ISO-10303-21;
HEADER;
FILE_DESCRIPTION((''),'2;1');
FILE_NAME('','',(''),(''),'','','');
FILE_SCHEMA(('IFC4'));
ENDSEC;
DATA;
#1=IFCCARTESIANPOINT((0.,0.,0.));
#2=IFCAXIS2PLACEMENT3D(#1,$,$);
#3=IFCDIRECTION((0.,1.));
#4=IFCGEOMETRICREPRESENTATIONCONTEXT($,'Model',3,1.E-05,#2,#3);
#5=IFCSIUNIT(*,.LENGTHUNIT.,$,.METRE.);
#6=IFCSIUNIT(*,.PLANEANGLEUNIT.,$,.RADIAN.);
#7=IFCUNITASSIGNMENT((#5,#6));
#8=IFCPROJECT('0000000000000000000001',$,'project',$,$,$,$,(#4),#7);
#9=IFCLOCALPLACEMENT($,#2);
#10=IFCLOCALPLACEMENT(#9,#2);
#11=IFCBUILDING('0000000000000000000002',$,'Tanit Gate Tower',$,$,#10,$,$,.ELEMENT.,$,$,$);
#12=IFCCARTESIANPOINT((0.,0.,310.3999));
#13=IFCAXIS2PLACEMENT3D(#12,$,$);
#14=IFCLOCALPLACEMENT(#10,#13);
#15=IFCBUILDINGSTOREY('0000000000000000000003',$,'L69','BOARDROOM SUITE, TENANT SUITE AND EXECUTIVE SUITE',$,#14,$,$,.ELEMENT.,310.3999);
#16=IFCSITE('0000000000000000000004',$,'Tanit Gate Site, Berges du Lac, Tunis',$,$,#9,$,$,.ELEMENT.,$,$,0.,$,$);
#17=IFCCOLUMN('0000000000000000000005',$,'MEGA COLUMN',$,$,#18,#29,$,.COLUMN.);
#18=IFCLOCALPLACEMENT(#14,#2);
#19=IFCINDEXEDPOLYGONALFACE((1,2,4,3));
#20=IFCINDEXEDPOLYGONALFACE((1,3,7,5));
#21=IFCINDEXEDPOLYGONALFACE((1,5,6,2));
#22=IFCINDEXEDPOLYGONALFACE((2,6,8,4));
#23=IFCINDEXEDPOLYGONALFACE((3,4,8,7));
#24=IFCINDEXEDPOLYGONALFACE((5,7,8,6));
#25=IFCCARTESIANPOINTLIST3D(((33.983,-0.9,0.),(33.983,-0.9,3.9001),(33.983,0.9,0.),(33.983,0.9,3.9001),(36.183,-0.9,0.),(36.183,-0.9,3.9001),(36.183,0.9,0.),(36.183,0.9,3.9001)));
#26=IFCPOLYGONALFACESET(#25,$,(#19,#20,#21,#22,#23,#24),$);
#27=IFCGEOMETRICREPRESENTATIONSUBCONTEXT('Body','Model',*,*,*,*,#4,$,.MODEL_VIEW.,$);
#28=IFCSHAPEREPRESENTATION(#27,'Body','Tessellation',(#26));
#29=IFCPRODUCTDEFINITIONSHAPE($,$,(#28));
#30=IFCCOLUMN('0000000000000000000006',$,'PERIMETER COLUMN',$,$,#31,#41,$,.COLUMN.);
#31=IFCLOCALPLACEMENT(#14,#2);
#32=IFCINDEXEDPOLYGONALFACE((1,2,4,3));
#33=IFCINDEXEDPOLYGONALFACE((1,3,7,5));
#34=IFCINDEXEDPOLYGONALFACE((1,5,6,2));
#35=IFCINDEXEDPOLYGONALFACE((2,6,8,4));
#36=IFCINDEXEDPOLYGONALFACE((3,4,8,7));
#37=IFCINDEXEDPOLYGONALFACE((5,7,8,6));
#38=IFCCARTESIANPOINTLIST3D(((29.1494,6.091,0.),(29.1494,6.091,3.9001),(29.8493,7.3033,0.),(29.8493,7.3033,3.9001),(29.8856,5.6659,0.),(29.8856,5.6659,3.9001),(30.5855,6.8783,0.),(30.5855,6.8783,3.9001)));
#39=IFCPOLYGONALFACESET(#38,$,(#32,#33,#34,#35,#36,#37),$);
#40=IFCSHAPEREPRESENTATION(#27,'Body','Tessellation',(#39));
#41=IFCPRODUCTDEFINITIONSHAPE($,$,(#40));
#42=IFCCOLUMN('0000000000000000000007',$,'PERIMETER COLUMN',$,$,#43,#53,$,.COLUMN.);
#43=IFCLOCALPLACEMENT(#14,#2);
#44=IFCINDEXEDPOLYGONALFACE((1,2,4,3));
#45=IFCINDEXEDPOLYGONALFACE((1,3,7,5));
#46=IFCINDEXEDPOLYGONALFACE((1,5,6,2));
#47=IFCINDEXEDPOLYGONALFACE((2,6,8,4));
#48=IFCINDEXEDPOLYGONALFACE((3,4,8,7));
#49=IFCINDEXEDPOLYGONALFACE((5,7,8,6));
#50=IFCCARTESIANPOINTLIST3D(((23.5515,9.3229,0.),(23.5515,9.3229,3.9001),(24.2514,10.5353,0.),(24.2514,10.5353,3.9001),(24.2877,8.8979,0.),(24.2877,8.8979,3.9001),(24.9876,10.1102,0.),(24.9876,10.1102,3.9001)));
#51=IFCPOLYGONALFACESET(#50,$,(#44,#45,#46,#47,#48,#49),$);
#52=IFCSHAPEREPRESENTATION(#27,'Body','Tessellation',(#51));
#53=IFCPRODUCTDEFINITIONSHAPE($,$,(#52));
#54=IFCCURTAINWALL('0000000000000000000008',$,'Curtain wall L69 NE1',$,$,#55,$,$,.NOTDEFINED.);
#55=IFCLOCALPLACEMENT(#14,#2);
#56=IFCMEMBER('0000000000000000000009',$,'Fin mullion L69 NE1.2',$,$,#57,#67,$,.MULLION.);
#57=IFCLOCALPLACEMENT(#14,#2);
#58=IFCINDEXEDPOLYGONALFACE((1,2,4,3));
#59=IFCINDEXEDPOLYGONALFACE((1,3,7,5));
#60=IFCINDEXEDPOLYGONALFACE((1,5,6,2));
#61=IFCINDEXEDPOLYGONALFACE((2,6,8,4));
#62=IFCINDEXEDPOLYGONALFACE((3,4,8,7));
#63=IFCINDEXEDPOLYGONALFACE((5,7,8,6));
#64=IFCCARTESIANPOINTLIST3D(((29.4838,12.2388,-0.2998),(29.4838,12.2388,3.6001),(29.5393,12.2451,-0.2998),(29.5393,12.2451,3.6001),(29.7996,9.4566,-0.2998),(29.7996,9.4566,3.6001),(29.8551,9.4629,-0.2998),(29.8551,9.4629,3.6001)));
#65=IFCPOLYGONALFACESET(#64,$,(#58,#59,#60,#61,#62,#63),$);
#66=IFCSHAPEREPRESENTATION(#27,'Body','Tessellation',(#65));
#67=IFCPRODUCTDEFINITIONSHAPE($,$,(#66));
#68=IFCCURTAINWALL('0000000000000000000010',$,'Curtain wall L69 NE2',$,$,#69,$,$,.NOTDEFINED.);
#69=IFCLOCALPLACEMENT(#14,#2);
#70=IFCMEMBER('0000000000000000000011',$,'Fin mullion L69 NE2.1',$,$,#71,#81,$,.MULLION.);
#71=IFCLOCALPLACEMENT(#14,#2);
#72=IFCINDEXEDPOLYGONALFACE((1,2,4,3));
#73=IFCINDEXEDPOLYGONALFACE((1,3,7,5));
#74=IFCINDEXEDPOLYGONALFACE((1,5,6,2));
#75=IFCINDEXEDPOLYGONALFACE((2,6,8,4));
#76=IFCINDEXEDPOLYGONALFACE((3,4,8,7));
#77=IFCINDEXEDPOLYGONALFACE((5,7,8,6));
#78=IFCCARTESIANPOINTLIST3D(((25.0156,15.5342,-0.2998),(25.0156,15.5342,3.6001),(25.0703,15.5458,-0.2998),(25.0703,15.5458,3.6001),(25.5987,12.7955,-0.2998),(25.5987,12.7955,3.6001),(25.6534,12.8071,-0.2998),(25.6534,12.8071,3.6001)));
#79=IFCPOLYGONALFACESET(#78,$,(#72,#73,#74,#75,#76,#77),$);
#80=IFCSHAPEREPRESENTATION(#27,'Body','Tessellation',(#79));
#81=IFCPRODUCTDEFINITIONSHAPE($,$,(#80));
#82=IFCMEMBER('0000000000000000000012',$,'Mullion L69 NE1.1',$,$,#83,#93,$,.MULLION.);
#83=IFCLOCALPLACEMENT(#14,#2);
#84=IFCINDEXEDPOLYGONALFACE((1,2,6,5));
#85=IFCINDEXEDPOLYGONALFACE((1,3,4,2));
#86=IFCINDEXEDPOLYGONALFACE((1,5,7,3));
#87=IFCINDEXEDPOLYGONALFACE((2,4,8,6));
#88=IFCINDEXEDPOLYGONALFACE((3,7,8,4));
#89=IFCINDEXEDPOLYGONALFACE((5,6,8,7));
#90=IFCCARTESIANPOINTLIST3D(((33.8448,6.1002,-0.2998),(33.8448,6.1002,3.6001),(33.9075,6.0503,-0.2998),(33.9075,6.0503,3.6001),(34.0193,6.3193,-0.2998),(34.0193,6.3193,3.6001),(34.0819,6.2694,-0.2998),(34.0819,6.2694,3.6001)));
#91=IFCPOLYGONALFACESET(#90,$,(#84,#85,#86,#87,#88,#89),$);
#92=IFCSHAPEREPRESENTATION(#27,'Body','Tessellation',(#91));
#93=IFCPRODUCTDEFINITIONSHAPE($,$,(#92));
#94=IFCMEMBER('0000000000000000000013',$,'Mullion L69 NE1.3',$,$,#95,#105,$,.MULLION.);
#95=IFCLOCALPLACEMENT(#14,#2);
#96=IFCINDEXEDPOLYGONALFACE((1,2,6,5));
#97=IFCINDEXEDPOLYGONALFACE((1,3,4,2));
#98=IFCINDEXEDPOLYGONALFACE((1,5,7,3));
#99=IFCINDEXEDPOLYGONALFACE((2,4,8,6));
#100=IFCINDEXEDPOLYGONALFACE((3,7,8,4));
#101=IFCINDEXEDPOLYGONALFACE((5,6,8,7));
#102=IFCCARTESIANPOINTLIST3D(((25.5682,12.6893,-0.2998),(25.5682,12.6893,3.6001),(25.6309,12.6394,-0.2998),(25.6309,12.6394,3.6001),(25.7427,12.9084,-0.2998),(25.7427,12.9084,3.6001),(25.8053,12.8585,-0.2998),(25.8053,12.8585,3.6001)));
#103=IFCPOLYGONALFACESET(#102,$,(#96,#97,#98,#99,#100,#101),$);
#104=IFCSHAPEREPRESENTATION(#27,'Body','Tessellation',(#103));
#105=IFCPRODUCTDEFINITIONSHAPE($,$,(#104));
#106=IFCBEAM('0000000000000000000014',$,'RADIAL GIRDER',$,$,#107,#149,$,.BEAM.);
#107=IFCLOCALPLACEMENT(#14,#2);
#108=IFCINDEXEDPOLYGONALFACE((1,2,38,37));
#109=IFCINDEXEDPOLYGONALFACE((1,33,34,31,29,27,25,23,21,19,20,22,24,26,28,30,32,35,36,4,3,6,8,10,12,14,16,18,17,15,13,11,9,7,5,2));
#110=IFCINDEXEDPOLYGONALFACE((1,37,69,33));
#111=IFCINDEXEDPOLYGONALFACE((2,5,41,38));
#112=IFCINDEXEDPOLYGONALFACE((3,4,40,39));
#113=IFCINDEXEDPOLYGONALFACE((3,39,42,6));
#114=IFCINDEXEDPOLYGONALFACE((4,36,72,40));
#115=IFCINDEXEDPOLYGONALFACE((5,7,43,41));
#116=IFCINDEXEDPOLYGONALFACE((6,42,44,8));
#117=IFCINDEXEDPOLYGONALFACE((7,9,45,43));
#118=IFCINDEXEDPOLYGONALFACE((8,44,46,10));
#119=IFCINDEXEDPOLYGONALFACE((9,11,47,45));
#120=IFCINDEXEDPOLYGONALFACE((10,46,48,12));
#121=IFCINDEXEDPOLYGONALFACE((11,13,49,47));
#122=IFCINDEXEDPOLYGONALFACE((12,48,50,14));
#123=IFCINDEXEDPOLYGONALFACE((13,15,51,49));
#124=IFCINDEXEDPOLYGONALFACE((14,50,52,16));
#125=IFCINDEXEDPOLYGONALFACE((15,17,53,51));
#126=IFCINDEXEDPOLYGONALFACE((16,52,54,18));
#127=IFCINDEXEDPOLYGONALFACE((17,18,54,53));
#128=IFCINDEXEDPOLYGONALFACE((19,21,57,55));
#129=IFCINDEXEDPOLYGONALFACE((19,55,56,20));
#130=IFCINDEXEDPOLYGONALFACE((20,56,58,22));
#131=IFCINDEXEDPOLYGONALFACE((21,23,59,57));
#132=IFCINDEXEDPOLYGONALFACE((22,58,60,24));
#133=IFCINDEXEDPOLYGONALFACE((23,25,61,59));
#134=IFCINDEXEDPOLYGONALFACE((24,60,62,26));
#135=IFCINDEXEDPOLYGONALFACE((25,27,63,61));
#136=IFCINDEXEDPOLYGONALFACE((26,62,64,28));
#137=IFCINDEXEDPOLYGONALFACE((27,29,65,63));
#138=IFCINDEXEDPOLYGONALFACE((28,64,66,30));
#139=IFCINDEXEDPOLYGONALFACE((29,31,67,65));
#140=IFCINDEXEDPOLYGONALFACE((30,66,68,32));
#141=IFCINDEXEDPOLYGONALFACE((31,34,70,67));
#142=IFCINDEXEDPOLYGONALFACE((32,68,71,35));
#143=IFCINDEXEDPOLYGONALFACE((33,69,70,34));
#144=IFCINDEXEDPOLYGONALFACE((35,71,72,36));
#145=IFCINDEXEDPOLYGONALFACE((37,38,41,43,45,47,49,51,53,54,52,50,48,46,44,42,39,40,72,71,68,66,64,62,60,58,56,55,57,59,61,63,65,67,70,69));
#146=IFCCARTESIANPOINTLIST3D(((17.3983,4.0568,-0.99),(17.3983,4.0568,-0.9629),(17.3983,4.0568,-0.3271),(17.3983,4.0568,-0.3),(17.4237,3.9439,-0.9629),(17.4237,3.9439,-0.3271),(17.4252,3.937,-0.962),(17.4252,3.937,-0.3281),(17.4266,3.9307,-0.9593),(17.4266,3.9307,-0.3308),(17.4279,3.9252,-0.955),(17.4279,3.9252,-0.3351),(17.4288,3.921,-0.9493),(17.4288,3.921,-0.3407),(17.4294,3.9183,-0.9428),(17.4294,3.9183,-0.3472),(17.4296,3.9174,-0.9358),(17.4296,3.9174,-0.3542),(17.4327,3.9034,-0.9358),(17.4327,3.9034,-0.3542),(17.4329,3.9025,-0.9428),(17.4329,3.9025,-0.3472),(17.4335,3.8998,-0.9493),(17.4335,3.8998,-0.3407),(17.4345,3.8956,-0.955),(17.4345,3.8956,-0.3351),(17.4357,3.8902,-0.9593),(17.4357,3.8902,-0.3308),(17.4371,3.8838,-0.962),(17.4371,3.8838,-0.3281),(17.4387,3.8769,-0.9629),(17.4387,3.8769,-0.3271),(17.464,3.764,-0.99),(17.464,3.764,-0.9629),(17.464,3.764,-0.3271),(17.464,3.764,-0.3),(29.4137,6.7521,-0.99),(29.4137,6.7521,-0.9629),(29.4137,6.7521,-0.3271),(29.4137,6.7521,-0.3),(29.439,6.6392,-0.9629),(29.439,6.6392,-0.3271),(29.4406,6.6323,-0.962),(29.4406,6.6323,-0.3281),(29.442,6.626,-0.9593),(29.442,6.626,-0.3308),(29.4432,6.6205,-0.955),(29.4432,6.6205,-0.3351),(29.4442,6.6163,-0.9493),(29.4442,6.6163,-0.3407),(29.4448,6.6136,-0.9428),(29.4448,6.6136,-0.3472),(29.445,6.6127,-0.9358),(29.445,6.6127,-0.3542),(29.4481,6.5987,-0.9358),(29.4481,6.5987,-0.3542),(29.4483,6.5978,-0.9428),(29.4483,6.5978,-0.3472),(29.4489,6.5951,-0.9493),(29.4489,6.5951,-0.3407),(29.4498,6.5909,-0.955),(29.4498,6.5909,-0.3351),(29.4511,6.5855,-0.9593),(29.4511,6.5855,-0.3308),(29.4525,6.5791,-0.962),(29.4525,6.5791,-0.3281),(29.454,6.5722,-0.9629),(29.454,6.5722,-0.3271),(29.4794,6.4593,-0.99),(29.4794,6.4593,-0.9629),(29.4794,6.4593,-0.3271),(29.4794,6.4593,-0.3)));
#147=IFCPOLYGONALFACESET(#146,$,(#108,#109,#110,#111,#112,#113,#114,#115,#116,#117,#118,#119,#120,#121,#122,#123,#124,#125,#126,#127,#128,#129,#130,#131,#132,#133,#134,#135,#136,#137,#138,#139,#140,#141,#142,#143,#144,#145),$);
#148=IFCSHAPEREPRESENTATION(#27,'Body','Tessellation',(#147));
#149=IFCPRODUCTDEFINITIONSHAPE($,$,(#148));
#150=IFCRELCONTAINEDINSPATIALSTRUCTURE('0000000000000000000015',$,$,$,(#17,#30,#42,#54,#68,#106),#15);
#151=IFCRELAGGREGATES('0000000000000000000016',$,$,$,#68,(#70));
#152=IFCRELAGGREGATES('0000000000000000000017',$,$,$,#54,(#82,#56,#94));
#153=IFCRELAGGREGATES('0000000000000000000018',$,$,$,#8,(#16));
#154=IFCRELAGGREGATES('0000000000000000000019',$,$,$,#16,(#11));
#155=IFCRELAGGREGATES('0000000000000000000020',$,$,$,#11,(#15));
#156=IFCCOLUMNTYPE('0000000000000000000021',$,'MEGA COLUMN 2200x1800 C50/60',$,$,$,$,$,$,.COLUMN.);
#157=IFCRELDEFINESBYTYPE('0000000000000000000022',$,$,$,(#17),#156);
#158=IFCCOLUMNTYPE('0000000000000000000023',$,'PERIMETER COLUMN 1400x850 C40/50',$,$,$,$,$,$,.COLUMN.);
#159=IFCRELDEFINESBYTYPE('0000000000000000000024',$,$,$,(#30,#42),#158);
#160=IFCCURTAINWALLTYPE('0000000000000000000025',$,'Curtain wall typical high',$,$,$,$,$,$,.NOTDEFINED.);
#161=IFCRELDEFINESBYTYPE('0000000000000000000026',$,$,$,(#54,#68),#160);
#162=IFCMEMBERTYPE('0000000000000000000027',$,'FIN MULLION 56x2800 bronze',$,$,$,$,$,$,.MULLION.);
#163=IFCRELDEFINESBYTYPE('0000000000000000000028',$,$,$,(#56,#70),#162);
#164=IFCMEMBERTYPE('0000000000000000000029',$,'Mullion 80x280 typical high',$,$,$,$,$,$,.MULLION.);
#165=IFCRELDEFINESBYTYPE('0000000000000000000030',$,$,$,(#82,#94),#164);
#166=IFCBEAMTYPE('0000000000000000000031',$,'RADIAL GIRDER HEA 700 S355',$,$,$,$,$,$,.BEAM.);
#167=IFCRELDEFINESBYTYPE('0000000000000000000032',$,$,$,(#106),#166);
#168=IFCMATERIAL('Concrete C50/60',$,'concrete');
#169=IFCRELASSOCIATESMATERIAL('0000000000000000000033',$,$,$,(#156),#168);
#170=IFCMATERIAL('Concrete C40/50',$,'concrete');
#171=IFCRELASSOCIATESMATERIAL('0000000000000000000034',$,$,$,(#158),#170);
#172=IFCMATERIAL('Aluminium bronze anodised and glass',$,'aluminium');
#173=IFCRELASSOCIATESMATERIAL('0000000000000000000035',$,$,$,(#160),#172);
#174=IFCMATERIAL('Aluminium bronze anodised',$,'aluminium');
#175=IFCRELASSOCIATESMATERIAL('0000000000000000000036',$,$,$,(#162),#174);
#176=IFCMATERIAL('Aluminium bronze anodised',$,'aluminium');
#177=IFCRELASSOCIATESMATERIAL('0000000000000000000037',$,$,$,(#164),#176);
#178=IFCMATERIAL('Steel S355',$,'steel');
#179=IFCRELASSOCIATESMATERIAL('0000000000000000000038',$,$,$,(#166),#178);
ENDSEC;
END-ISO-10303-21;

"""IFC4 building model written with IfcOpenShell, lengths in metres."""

from ifc_helpers import new_model, si_unit, direction, frame, origin, origin_2d, place, context, subcontext, project, spatial, rectangle, i_section, extrude, material, material_profile, profile_set, type_object, element, aggregate, save


model = new_model("IFC4")

# Units and contexts
model_context = context("Model", 3, precision=1e-05, world=origin(), true_north=direction((0.0, 1.0)))
body_context = subcontext(model_context, "Body", "Model", "MODEL_VIEW")
ifc_project = project(units=[si_unit("LENGTHUNIT", "METRE"), si_unit("PLANEANGLEUNIT", "RADIAN")], contexts=[model_context])

# Site, building, storey
site_placement = place(None, origin())
site = spatial("IfcSite", under=ifc_project, at=site_placement, Name="Tanit Gate Site, Berges du Lac, Tunis", CompositionType="ELEMENT", RefElevation=0.0)
building_placement = place(site_placement, origin())
building = spatial("IfcBuilding", under=site, at=building_placement, Name="Tanit Gate Tower", CompositionType="ELEMENT")
storey_placement = place(building_placement, frame((0.0, 0.0, 310.3999)))
storey = spatial("IfcBuildingStorey", under=building, at=storey_placement, Name="L69", Description="BOARDROOM SUITE, TENANT SUITE AND EXECUTIVE SUITE", CompositionType="ELEMENT", Elevation=310.3999)

# Columns
ifc_material_1 = material(Name="Concrete C50/60", Category="concrete")
ifc_material_profile_1 = material_profile(ifc_material_1, rectangle(XDim=2.2, YDim=1.8, at=origin_2d()), Name="RC 2200x1800")
ifc_profile_set_1 = profile_set([ifc_material_profile_1], Name="Concrete C50/60")
column_type_1 = type_object("IfcColumnType", Name="MEGA COLUMN 2200x1800 C50/60", PredefinedType="COLUMN", material=ifc_profile_set_1)
column_placement = place(storey_placement, frame((35.083, 0.0, 0.0), z_axis=(0.0, 0.0, 1.0), x_axis=(1.0, 0.0, 0.0)))
element("IfcColumn", 1, at=column_placement, inside=storey, type_object=column_type_1, Name="MEGA COLUMN", PredefinedType="COLUMN", context=body_context, shape_type="SweptSolid", body=[
    extrude(rectangle(XDim=2.2, YDim=1.8, at=origin_2d()), origin(), (0.0, 0.0, 1.0), 3.9001),
])
ifc_material_2 = material(Name="Concrete C40/50", Category="concrete")
ifc_material_profile_2 = material_profile(ifc_material_2, rectangle(XDim=1.3999, YDim=0.8501, at=origin_2d()), Name="RC 1400x850")
ifc_profile_set_2 = profile_set([ifc_material_profile_2], Name="Concrete C40/50")
column_type_2 = type_object("IfcColumnType", Name="PERIMETER COLUMN 1400x850 C40/50", PredefinedType="COLUMN", material=ifc_profile_set_2)
for number, where, z_axis, x_axis, name in (
    (2, (29.8674, 6.4846, 0.0), (0.0, 0.0, 1.0), (0.5, 0.866025, 0.0), "PERIMETER COLUMN"),
    (3, (24.2695, 9.7166, 0.0), (0.0, 0.0, 1.0), (0.5, 0.866025, 0.0), "PERIMETER COLUMN"),
):
    element("IfcColumn", number, at=place(storey_placement, frame(where, z_axis=z_axis, x_axis=x_axis)), inside=storey, type_object=column_type_2, Name=name, PredefinedType="COLUMN", context=body_context, shape_type="SweptSolid", body=[
        extrude(rectangle(XDim=1.3999, YDim=0.8501, at=origin_2d()), origin(), (0.0, 0.0, 1.0), 3.9001),
    ])

# Curtain walls, members
ifc_material_3 = material(Name="Aluminium bronze anodised and glass", Category="aluminium")
curtain_wall_type = type_object("IfcCurtainWallType", Name="Curtain wall typical high", PredefinedType="NOTDEFINED", material=ifc_material_3)
curtain_wall_1_placement = place(storey_placement, origin())
curtain_wall_1 = element("IfcCurtainWall", 4, at=curtain_wall_1_placement, inside=storey, type_object=curtain_wall_type, Name="Curtain wall L69 NE1", PredefinedType="NOTDEFINED")
ifc_material_4 = material(Name="Aluminium bronze anodised", Category="aluminium")
ifc_material_profile_3 = material_profile(ifc_material_4, rectangle(XDim=2.8, YDim=0.0559, at=origin_2d()), Name="56x2800 bronze fin mullion")
ifc_profile_set_3 = profile_set([ifc_material_profile_3], Name="Aluminium bronze anodised")
member_type_1 = type_object("IfcMemberType", Name="FIN MULLION 56x2800 bronze", PredefinedType="MULLION", material=ifc_profile_set_3)
member_1_placement = place(storey_placement, frame((29.6694, 10.8508, -0.2998), z_axis=(0.0, 0.0, 1.0), x_axis=(0.112782, -0.99362, 0.0)))
member_1 = element("IfcMember", 5, at=member_1_placement, type_object=member_type_1, Name="Fin mullion L69 NE1.2", PredefinedType="MULLION", context=body_context, shape_type="SweptSolid", body=[
    extrude(rectangle(XDim=2.8, YDim=0.0559, at=origin_2d()), origin(), (0.0, 0.0, 1.0), 3.8999),
])
curtain_wall_2_placement = place(storey_placement, origin())
curtain_wall_2 = element("IfcCurtainWall", 6, at=curtain_wall_2_placement, inside=storey, type_object=curtain_wall_type, Name="Curtain wall L69 NE2", PredefinedType="NOTDEFINED")
member_2_placement = place(storey_placement, frame((25.3345, 14.1707, -0.2998), z_axis=(0.0, 0.0, 1.0), x_axis=(0.208238, -0.978078, 0.0)))
member_2 = element("IfcMember", 7, at=member_2_placement, type_object=member_type_1, Name="Fin mullion L69 NE2.1", PredefinedType="MULLION", context=body_context, shape_type="SweptSolid", body=[
    extrude(rectangle(XDim=2.8, YDim=0.0559, at=origin_2d()), origin(), (0.0, 0.0, 1.0), 3.8999),
])

# Members
ifc_material_5 = material(Name="Aluminium bronze anodised", Category="aluminium")
ifc_material_profile_4 = material_profile(ifc_material_5, rectangle(XDim=0.28, YDim=0.0801, at=origin_2d()), Name="80x280 bronze mullion")
ifc_profile_set_4 = profile_set([ifc_material_profile_4], Name="Aluminium bronze anodised")
member_type_2 = type_object("IfcMemberType", Name="Mullion 80x280 typical high", PredefinedType="MULLION", material=ifc_profile_set_4)
member_3_placement = place(storey_placement, frame((33.9634, 6.1848, -0.2998), z_axis=(0.0, 0.0, 1.0), x_axis=(-0.622847, -0.782344, 0.0)))
member_3 = element("IfcMember", 8, at=member_3_placement, type_object=member_type_2, Name="Mullion L69 NE1.1", PredefinedType="MULLION", context=body_context, shape_type="SweptSolid", body=[
    extrude(rectangle(XDim=0.28, YDim=0.0801, at=origin_2d()), origin(), (0.0, 0.0, 1.0), 3.8999),
])
member_4_placement = place(storey_placement, frame((25.6868, 12.7739, -0.2998), z_axis=(0.0, 0.0, 1.0), x_axis=(-0.622847, -0.782344, 0.0)))
member_4 = element("IfcMember", 9, at=member_4_placement, type_object=member_type_2, Name="Mullion L69 NE1.3", PredefinedType="MULLION", context=body_context, shape_type="SweptSolid", body=[
    extrude(rectangle(XDim=0.28, YDim=0.0801, at=origin_2d()), origin(), (0.0, 0.0, 1.0), 3.8999),
])

# Beam
ifc_material_6 = material(Name="Steel S355", Category="steel")
ifc_material_profile_5 = material_profile(ifc_material_6, i_section(OverallWidth=0.3, OverallDepth=0.6899, WebThickness=0.0144, FlangeThickness=0.0271, FilletRadius=0.0271, at=origin_2d()), Name="HEA 700")
ifc_profile_set_5 = profile_set([ifc_material_profile_5], Name="Steel S355")
beam_type_1 = type_object("IfcBeamType", Name="RADIAL GIRDER HEA 700 S355", PredefinedType="BEAM", material=ifc_profile_set_5)
beam_1_placement = place(storey_placement, frame((29.4465, 6.6057, -0.645), z_axis=(-0.975751, -0.218882, 0.0), x_axis=(0.218882, -0.975751, 0.0)))
element("IfcBeam", 10, at=beam_1_placement, inside=storey, type_object=beam_type_1, Name="RADIAL GIRDER", PredefinedType="BEAM", context=body_context, shape_type="SweptSolid", body=[
    extrude(i_section(OverallWidth=0.3, OverallDepth=0.6899, WebThickness=0.0144, FlangeThickness=0.0271, FilletRadius=0.0271, at=origin_2d()), origin(), (0.0, 0.0, 1.0), 12.314),
])

aggregate(curtain_wall_2, [member_2])

aggregate(curtain_wall_1, [member_3, member_1, member_4])

save(model, "model.ifc")
